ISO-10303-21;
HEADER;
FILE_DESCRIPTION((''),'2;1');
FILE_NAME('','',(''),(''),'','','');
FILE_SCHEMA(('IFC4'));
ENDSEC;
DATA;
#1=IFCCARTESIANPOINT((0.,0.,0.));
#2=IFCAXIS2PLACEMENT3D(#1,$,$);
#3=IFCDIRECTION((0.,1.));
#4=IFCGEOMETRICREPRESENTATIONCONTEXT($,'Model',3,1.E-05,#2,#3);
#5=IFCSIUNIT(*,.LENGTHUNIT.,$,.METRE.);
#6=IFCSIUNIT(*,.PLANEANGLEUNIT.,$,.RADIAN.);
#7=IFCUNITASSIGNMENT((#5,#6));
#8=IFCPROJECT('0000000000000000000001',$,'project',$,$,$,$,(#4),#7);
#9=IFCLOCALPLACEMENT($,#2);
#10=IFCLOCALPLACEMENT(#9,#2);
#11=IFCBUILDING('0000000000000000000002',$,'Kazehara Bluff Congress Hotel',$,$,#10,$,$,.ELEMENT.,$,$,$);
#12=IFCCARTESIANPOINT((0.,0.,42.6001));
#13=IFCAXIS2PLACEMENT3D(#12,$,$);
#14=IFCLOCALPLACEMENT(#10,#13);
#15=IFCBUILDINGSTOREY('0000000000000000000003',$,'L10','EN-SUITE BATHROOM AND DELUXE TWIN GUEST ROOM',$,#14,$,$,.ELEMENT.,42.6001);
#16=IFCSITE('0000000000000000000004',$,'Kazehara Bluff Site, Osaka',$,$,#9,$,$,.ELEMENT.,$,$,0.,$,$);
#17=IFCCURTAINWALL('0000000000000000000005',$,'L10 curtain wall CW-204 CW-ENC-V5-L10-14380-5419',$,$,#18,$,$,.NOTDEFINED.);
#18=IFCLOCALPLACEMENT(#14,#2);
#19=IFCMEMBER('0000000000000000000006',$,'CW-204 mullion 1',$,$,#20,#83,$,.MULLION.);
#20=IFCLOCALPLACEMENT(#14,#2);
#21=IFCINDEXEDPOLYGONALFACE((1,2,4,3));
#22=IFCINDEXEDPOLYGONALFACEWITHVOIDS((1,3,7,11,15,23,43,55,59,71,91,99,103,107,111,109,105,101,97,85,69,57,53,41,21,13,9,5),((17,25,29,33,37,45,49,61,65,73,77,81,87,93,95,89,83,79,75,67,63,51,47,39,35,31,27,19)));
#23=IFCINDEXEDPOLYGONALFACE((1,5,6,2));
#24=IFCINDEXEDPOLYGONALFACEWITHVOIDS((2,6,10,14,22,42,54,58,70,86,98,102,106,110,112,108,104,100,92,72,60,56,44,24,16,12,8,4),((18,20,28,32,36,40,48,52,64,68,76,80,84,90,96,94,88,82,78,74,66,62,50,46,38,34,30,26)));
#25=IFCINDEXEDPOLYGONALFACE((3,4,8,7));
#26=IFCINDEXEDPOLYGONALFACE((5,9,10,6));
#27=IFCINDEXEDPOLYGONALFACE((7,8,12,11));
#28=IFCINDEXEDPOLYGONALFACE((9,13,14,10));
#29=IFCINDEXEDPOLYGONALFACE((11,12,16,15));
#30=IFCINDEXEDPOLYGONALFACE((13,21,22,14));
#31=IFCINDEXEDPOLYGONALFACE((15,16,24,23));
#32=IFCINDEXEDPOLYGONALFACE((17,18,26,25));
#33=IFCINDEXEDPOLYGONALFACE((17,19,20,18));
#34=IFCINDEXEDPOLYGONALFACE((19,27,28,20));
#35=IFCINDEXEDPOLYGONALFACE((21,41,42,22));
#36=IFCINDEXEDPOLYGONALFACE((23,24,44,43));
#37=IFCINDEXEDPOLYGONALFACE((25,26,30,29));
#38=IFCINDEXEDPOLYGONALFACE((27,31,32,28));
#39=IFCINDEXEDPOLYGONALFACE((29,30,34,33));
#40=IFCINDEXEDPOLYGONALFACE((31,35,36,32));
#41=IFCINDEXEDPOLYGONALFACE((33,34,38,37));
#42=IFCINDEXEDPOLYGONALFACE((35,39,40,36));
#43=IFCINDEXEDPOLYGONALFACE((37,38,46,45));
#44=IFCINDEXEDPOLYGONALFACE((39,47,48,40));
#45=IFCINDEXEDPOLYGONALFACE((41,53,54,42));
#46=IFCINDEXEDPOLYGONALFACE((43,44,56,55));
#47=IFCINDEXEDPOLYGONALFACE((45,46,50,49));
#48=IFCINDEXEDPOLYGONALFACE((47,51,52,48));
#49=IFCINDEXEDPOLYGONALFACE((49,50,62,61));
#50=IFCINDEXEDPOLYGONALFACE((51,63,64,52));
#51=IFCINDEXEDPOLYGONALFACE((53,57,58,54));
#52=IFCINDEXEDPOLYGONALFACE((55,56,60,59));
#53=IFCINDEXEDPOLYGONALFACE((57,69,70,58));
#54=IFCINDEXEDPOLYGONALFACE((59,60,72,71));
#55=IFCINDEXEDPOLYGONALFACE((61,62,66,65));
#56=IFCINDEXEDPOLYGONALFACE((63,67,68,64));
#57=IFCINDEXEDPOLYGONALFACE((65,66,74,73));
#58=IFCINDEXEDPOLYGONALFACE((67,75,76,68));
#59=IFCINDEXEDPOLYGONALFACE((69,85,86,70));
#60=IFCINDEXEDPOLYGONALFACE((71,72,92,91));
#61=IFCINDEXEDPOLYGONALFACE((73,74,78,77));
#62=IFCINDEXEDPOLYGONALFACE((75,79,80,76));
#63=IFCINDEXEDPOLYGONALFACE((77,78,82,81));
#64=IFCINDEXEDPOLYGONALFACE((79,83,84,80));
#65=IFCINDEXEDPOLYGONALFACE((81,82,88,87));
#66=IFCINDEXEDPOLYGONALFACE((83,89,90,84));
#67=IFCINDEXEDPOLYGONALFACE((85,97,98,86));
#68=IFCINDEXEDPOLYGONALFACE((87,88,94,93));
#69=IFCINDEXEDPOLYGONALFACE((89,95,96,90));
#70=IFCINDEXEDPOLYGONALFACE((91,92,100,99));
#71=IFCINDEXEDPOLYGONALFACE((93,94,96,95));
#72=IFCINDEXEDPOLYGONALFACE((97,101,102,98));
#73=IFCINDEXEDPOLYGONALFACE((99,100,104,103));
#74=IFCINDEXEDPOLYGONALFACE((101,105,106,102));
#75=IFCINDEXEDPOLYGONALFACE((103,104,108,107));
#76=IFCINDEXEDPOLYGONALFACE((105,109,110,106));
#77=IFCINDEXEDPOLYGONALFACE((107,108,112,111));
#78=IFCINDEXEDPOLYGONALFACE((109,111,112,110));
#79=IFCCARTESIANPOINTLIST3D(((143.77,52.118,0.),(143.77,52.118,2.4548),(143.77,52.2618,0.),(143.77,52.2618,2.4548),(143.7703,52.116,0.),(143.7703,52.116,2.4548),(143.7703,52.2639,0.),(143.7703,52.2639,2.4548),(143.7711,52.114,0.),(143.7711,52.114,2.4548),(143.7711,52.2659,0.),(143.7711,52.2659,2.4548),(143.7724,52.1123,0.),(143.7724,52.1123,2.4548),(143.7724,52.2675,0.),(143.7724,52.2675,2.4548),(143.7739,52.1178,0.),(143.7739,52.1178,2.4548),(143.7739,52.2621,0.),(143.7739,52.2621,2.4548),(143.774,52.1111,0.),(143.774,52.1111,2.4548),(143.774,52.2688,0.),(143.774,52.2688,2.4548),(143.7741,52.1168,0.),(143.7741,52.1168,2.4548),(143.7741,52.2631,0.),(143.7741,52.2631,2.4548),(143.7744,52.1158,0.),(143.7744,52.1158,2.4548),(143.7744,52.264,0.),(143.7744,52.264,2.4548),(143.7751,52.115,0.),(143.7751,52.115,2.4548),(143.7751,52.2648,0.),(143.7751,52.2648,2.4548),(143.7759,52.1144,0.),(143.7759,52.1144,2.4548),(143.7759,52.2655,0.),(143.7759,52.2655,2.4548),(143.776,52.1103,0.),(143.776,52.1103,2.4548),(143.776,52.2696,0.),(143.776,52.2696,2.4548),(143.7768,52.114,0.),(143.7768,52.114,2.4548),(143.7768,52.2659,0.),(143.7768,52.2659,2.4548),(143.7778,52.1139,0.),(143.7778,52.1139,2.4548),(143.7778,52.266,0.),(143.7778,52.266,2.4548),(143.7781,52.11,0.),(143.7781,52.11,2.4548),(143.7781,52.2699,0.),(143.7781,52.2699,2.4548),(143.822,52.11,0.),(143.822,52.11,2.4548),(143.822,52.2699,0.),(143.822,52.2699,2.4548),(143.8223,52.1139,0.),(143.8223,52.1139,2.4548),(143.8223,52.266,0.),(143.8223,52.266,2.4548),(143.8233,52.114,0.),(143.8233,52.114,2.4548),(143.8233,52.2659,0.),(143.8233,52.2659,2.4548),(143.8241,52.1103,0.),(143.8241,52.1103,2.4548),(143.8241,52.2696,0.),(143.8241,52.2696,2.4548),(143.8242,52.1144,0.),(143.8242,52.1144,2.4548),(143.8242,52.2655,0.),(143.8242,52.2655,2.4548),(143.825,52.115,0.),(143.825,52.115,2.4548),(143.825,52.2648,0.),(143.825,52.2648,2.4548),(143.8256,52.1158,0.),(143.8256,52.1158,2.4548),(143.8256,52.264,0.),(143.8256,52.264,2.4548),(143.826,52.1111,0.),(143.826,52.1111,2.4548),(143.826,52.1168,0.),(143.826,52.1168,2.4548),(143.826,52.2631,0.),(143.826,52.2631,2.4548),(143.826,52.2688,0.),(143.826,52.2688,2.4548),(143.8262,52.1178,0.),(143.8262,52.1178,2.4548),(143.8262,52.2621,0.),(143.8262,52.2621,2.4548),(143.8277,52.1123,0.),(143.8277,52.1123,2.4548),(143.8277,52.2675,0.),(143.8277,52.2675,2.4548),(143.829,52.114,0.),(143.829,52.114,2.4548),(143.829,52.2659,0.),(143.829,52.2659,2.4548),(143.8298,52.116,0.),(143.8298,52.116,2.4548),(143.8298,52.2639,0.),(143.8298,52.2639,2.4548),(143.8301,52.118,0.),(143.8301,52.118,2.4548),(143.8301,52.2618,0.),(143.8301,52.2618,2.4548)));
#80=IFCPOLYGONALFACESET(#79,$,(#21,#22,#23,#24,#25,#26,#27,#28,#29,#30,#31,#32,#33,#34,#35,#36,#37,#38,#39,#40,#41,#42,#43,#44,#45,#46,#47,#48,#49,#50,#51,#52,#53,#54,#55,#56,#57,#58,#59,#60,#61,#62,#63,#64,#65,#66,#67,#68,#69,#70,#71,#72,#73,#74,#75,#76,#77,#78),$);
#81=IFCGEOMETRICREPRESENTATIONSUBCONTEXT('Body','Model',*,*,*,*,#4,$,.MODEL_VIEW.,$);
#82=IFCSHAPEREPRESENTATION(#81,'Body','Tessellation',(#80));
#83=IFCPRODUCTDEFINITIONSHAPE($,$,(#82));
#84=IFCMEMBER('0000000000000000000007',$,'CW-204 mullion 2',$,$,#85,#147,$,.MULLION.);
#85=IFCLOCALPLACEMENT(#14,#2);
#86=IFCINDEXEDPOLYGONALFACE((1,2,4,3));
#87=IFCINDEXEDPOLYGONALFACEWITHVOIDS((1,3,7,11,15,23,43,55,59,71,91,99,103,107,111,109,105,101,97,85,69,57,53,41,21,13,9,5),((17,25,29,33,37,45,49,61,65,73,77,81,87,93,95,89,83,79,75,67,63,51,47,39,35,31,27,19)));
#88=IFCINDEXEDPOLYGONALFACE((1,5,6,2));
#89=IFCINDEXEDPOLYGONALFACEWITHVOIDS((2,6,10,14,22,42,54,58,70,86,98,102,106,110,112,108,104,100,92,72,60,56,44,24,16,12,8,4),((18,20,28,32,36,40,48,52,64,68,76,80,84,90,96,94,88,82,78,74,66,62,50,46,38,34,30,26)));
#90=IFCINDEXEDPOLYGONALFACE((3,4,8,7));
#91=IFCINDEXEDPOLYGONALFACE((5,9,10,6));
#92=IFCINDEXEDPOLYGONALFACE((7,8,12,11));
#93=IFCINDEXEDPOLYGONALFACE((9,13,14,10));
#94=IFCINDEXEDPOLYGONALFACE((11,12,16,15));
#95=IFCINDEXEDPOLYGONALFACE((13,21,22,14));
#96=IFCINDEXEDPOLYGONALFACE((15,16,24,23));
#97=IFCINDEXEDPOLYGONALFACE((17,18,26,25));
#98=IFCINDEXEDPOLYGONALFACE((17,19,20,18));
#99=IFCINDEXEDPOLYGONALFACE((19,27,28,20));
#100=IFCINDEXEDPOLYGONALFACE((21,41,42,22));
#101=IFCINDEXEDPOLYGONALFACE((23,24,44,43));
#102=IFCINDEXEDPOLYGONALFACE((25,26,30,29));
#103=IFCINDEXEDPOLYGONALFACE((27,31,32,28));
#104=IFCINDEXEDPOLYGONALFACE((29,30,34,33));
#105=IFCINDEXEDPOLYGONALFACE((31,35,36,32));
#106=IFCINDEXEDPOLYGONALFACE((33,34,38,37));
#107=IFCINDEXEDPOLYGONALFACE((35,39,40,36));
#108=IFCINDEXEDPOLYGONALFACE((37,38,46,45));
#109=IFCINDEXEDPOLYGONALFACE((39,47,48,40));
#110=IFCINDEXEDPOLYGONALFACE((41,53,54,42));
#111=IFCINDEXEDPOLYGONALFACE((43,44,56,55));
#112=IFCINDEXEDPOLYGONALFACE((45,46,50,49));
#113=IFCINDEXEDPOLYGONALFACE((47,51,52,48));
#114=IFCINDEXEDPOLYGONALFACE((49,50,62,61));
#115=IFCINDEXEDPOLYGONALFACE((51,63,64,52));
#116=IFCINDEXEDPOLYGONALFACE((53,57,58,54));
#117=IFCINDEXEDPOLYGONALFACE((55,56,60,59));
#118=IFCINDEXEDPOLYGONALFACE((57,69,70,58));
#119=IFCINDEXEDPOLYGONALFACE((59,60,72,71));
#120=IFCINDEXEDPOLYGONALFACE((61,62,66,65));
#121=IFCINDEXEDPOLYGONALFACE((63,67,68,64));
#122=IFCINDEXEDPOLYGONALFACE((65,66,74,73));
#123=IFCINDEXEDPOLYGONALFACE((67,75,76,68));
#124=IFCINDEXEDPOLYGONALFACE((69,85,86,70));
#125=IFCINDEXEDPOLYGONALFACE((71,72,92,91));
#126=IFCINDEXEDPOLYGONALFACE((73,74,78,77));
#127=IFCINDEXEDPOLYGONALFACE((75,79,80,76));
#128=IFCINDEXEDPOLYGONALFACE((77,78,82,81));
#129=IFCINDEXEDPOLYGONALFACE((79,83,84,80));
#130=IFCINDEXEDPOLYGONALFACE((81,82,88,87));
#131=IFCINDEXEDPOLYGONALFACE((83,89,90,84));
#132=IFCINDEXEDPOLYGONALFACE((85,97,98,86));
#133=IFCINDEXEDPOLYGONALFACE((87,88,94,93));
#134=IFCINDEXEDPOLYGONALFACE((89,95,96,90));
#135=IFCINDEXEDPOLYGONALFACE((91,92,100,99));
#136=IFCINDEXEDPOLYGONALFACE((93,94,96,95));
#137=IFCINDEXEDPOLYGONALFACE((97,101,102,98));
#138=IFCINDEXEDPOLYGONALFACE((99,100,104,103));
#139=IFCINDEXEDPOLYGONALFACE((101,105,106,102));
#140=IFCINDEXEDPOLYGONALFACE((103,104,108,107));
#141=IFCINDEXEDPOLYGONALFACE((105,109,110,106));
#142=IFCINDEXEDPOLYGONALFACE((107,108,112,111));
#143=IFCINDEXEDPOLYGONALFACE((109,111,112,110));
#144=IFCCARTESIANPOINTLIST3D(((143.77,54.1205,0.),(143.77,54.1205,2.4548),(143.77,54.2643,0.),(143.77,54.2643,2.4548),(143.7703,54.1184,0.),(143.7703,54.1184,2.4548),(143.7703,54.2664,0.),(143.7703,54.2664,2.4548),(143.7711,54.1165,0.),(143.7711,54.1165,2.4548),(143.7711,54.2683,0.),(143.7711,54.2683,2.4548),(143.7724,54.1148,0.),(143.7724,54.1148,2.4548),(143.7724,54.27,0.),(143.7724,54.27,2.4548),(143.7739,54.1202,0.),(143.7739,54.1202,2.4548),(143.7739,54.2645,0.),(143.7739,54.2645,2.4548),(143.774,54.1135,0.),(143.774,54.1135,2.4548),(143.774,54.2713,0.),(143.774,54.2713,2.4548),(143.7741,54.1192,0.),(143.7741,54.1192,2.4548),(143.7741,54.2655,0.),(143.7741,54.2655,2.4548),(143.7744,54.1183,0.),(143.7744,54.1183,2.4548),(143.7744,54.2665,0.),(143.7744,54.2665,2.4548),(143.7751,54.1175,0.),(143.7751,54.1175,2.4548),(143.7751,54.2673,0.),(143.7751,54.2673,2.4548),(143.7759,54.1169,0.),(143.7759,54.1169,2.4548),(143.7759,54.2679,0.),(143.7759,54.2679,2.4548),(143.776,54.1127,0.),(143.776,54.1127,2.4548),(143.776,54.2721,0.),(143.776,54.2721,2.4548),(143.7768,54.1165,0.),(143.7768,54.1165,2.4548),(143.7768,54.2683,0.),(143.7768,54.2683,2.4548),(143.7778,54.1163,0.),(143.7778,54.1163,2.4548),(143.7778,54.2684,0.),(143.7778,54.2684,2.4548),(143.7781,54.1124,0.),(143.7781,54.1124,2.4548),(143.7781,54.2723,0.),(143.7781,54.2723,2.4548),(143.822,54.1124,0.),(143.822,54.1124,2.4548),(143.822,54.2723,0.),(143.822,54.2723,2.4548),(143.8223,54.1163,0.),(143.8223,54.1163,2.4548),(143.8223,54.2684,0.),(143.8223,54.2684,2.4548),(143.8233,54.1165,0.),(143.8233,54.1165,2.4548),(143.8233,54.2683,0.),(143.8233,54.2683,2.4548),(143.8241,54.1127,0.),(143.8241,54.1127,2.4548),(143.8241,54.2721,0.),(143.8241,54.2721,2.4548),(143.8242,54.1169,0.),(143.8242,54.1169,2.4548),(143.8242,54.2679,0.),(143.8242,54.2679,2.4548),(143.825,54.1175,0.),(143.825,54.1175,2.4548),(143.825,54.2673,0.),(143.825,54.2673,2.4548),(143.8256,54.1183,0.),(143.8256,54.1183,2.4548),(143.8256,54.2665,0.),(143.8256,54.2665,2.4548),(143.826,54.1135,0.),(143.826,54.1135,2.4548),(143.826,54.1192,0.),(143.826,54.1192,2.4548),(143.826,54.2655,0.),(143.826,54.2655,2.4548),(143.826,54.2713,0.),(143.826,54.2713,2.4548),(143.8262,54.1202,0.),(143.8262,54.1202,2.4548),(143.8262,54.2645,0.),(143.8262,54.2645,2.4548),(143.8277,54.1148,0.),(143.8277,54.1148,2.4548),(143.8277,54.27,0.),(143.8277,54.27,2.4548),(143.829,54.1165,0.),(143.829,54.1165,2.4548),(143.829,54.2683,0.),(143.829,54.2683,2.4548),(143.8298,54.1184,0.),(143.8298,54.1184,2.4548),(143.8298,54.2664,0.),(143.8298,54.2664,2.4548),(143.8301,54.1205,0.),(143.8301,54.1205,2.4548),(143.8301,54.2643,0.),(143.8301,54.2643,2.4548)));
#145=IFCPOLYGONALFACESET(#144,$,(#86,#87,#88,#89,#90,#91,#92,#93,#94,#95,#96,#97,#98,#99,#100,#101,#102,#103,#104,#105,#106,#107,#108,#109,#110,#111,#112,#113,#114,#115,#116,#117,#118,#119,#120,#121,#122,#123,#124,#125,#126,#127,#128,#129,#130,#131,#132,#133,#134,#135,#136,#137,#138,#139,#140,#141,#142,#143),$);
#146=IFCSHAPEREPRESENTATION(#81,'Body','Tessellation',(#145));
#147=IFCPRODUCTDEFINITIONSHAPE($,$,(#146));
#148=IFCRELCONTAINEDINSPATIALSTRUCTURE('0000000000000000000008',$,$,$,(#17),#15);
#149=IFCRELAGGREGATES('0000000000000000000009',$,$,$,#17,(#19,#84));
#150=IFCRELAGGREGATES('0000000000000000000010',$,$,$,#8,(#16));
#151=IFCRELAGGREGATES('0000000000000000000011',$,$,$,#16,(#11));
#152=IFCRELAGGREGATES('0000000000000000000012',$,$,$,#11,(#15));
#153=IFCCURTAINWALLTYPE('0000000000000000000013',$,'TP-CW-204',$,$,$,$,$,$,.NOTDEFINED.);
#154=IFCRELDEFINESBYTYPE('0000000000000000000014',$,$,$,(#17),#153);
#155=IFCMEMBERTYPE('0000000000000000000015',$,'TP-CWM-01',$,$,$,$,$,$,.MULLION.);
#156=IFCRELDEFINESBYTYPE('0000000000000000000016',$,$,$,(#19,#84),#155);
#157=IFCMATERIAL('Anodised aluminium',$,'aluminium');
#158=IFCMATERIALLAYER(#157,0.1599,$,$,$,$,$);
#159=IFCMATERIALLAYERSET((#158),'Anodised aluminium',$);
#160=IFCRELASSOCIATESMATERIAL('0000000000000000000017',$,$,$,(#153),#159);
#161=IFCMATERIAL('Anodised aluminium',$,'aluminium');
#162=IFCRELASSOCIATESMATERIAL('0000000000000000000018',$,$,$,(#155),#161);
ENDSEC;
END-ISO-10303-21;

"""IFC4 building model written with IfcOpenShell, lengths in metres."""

from ifc_helpers import new_model, si_unit, direction, frame, origin, origin_2d, place, context, subcontext, project, spatial, hollow_rectangle, extrude, material, layer, layer_set, material_profile, profile_set, type_object, element, aggregate, save


model = new_model("IFC4")

# Units and contexts
model_context = context("Model", 3, precision=1e-05, world=origin(), true_north=direction((0.0, 1.0)))
body_context = subcontext(model_context, "Body", "Model", "MODEL_VIEW")
ifc_project = project(units=[si_unit("LENGTHUNIT", "METRE"), si_unit("PLANEANGLEUNIT", "RADIAN")], contexts=[model_context])

# Site, building, storey
site_placement = place(None, origin())
site = spatial("IfcSite", under=ifc_project, at=site_placement, Name="Kazehara Bluff Site, Osaka", CompositionType="ELEMENT", RefElevation=0.0)
building_placement = place(site_placement, origin())
building = spatial("IfcBuilding", under=site, at=building_placement, Name="Kazehara Bluff Congress Hotel", CompositionType="ELEMENT")
storey_placement = place(building_placement, frame((0.0, 0.0, 42.6001)))
storey = spatial("IfcBuildingStorey", under=building, at=storey_placement, Name="L10", Description="EN-SUITE BATHROOM AND DELUXE TWIN GUEST ROOM", CompositionType="ELEMENT", Elevation=42.6001)

# Curtain wall, members
ifc_material_1 = material(Name="Anodised aluminium", Category="aluminium")
ifc_layer_1 = layer(ifc_material_1, 0.1599)
ifc_layer_set_1 = layer_set([ifc_layer_1], Name="Anodised aluminium")
curtain_wall_type_1 = type_object("IfcCurtainWallType", Name="TP-CW-204", PredefinedType="NOTDEFINED", material=ifc_layer_set_1)
curtain_wall_1_placement = place(storey_placement, origin())
curtain_wall_1 = element("IfcCurtainWall", 1, at=curtain_wall_1_placement, inside=storey, type_object=curtain_wall_type_1, Name="L10 curtain wall CW-204 CW-ENC-V5-L10-14380-5419", PredefinedType="NOTDEFINED")
ifc_material_2 = material(Name="Anodised aluminium", Category="aluminium")
ifc_material_profile_1 = material_profile(ifc_material_2, hollow_rectangle(XDim=0.0601, YDim=0.1599, WallThickness=0.0039, InnerFilletRadius=0.0039, OuterFilletRadius=0.0081, at=origin_2d()))
ifc_profile_set_1 = profile_set([ifc_material_profile_1], Name="Anodised aluminium")
member_type_1 = type_object("IfcMemberType", Name="TP-CWM-01", PredefinedType="MULLION", material=ifc_profile_set_1)
member_1_placement = place(storey_placement, frame((143.8, 52.1899, 0.0), z_axis=(0.0, 0.0, 1.0), x_axis=(-1.0, 0.0, 0.0)))
member_1 = element("IfcMember", 2, at=member_1_placement, type_object=member_type_1, Name="CW-204 mullion 1", PredefinedType="MULLION", context=body_context, shape_type="SweptSolid", body=[
    extrude(hollow_rectangle(XDim=0.0601, YDim=0.1599, WallThickness=0.0039, InnerFilletRadius=0.0039, OuterFilletRadius=0.0081, at=origin_2d()), origin(), (0.0, 0.0, 1.0), 2.4548),
])
member_2_placement = place(storey_placement, frame((143.8, 54.1924, 0.0), z_axis=(0.0, 0.0, 1.0), x_axis=(-1.0, 0.0, 0.0)))
member_2 = element("IfcMember", 3, at=member_2_placement, type_object=member_type_1, Name="CW-204 mullion 2", PredefinedType="MULLION", context=body_context, shape_type="SweptSolid", body=[
    extrude(hollow_rectangle(XDim=0.0601, YDim=0.1599, WallThickness=0.0039, InnerFilletRadius=0.0039, OuterFilletRadius=0.0081, at=origin_2d()), origin(), (0.0, 0.0, 1.0), 2.4548),
])

aggregate(curtain_wall_1, [member_1, member_2])

save(model, "model.ifc")
